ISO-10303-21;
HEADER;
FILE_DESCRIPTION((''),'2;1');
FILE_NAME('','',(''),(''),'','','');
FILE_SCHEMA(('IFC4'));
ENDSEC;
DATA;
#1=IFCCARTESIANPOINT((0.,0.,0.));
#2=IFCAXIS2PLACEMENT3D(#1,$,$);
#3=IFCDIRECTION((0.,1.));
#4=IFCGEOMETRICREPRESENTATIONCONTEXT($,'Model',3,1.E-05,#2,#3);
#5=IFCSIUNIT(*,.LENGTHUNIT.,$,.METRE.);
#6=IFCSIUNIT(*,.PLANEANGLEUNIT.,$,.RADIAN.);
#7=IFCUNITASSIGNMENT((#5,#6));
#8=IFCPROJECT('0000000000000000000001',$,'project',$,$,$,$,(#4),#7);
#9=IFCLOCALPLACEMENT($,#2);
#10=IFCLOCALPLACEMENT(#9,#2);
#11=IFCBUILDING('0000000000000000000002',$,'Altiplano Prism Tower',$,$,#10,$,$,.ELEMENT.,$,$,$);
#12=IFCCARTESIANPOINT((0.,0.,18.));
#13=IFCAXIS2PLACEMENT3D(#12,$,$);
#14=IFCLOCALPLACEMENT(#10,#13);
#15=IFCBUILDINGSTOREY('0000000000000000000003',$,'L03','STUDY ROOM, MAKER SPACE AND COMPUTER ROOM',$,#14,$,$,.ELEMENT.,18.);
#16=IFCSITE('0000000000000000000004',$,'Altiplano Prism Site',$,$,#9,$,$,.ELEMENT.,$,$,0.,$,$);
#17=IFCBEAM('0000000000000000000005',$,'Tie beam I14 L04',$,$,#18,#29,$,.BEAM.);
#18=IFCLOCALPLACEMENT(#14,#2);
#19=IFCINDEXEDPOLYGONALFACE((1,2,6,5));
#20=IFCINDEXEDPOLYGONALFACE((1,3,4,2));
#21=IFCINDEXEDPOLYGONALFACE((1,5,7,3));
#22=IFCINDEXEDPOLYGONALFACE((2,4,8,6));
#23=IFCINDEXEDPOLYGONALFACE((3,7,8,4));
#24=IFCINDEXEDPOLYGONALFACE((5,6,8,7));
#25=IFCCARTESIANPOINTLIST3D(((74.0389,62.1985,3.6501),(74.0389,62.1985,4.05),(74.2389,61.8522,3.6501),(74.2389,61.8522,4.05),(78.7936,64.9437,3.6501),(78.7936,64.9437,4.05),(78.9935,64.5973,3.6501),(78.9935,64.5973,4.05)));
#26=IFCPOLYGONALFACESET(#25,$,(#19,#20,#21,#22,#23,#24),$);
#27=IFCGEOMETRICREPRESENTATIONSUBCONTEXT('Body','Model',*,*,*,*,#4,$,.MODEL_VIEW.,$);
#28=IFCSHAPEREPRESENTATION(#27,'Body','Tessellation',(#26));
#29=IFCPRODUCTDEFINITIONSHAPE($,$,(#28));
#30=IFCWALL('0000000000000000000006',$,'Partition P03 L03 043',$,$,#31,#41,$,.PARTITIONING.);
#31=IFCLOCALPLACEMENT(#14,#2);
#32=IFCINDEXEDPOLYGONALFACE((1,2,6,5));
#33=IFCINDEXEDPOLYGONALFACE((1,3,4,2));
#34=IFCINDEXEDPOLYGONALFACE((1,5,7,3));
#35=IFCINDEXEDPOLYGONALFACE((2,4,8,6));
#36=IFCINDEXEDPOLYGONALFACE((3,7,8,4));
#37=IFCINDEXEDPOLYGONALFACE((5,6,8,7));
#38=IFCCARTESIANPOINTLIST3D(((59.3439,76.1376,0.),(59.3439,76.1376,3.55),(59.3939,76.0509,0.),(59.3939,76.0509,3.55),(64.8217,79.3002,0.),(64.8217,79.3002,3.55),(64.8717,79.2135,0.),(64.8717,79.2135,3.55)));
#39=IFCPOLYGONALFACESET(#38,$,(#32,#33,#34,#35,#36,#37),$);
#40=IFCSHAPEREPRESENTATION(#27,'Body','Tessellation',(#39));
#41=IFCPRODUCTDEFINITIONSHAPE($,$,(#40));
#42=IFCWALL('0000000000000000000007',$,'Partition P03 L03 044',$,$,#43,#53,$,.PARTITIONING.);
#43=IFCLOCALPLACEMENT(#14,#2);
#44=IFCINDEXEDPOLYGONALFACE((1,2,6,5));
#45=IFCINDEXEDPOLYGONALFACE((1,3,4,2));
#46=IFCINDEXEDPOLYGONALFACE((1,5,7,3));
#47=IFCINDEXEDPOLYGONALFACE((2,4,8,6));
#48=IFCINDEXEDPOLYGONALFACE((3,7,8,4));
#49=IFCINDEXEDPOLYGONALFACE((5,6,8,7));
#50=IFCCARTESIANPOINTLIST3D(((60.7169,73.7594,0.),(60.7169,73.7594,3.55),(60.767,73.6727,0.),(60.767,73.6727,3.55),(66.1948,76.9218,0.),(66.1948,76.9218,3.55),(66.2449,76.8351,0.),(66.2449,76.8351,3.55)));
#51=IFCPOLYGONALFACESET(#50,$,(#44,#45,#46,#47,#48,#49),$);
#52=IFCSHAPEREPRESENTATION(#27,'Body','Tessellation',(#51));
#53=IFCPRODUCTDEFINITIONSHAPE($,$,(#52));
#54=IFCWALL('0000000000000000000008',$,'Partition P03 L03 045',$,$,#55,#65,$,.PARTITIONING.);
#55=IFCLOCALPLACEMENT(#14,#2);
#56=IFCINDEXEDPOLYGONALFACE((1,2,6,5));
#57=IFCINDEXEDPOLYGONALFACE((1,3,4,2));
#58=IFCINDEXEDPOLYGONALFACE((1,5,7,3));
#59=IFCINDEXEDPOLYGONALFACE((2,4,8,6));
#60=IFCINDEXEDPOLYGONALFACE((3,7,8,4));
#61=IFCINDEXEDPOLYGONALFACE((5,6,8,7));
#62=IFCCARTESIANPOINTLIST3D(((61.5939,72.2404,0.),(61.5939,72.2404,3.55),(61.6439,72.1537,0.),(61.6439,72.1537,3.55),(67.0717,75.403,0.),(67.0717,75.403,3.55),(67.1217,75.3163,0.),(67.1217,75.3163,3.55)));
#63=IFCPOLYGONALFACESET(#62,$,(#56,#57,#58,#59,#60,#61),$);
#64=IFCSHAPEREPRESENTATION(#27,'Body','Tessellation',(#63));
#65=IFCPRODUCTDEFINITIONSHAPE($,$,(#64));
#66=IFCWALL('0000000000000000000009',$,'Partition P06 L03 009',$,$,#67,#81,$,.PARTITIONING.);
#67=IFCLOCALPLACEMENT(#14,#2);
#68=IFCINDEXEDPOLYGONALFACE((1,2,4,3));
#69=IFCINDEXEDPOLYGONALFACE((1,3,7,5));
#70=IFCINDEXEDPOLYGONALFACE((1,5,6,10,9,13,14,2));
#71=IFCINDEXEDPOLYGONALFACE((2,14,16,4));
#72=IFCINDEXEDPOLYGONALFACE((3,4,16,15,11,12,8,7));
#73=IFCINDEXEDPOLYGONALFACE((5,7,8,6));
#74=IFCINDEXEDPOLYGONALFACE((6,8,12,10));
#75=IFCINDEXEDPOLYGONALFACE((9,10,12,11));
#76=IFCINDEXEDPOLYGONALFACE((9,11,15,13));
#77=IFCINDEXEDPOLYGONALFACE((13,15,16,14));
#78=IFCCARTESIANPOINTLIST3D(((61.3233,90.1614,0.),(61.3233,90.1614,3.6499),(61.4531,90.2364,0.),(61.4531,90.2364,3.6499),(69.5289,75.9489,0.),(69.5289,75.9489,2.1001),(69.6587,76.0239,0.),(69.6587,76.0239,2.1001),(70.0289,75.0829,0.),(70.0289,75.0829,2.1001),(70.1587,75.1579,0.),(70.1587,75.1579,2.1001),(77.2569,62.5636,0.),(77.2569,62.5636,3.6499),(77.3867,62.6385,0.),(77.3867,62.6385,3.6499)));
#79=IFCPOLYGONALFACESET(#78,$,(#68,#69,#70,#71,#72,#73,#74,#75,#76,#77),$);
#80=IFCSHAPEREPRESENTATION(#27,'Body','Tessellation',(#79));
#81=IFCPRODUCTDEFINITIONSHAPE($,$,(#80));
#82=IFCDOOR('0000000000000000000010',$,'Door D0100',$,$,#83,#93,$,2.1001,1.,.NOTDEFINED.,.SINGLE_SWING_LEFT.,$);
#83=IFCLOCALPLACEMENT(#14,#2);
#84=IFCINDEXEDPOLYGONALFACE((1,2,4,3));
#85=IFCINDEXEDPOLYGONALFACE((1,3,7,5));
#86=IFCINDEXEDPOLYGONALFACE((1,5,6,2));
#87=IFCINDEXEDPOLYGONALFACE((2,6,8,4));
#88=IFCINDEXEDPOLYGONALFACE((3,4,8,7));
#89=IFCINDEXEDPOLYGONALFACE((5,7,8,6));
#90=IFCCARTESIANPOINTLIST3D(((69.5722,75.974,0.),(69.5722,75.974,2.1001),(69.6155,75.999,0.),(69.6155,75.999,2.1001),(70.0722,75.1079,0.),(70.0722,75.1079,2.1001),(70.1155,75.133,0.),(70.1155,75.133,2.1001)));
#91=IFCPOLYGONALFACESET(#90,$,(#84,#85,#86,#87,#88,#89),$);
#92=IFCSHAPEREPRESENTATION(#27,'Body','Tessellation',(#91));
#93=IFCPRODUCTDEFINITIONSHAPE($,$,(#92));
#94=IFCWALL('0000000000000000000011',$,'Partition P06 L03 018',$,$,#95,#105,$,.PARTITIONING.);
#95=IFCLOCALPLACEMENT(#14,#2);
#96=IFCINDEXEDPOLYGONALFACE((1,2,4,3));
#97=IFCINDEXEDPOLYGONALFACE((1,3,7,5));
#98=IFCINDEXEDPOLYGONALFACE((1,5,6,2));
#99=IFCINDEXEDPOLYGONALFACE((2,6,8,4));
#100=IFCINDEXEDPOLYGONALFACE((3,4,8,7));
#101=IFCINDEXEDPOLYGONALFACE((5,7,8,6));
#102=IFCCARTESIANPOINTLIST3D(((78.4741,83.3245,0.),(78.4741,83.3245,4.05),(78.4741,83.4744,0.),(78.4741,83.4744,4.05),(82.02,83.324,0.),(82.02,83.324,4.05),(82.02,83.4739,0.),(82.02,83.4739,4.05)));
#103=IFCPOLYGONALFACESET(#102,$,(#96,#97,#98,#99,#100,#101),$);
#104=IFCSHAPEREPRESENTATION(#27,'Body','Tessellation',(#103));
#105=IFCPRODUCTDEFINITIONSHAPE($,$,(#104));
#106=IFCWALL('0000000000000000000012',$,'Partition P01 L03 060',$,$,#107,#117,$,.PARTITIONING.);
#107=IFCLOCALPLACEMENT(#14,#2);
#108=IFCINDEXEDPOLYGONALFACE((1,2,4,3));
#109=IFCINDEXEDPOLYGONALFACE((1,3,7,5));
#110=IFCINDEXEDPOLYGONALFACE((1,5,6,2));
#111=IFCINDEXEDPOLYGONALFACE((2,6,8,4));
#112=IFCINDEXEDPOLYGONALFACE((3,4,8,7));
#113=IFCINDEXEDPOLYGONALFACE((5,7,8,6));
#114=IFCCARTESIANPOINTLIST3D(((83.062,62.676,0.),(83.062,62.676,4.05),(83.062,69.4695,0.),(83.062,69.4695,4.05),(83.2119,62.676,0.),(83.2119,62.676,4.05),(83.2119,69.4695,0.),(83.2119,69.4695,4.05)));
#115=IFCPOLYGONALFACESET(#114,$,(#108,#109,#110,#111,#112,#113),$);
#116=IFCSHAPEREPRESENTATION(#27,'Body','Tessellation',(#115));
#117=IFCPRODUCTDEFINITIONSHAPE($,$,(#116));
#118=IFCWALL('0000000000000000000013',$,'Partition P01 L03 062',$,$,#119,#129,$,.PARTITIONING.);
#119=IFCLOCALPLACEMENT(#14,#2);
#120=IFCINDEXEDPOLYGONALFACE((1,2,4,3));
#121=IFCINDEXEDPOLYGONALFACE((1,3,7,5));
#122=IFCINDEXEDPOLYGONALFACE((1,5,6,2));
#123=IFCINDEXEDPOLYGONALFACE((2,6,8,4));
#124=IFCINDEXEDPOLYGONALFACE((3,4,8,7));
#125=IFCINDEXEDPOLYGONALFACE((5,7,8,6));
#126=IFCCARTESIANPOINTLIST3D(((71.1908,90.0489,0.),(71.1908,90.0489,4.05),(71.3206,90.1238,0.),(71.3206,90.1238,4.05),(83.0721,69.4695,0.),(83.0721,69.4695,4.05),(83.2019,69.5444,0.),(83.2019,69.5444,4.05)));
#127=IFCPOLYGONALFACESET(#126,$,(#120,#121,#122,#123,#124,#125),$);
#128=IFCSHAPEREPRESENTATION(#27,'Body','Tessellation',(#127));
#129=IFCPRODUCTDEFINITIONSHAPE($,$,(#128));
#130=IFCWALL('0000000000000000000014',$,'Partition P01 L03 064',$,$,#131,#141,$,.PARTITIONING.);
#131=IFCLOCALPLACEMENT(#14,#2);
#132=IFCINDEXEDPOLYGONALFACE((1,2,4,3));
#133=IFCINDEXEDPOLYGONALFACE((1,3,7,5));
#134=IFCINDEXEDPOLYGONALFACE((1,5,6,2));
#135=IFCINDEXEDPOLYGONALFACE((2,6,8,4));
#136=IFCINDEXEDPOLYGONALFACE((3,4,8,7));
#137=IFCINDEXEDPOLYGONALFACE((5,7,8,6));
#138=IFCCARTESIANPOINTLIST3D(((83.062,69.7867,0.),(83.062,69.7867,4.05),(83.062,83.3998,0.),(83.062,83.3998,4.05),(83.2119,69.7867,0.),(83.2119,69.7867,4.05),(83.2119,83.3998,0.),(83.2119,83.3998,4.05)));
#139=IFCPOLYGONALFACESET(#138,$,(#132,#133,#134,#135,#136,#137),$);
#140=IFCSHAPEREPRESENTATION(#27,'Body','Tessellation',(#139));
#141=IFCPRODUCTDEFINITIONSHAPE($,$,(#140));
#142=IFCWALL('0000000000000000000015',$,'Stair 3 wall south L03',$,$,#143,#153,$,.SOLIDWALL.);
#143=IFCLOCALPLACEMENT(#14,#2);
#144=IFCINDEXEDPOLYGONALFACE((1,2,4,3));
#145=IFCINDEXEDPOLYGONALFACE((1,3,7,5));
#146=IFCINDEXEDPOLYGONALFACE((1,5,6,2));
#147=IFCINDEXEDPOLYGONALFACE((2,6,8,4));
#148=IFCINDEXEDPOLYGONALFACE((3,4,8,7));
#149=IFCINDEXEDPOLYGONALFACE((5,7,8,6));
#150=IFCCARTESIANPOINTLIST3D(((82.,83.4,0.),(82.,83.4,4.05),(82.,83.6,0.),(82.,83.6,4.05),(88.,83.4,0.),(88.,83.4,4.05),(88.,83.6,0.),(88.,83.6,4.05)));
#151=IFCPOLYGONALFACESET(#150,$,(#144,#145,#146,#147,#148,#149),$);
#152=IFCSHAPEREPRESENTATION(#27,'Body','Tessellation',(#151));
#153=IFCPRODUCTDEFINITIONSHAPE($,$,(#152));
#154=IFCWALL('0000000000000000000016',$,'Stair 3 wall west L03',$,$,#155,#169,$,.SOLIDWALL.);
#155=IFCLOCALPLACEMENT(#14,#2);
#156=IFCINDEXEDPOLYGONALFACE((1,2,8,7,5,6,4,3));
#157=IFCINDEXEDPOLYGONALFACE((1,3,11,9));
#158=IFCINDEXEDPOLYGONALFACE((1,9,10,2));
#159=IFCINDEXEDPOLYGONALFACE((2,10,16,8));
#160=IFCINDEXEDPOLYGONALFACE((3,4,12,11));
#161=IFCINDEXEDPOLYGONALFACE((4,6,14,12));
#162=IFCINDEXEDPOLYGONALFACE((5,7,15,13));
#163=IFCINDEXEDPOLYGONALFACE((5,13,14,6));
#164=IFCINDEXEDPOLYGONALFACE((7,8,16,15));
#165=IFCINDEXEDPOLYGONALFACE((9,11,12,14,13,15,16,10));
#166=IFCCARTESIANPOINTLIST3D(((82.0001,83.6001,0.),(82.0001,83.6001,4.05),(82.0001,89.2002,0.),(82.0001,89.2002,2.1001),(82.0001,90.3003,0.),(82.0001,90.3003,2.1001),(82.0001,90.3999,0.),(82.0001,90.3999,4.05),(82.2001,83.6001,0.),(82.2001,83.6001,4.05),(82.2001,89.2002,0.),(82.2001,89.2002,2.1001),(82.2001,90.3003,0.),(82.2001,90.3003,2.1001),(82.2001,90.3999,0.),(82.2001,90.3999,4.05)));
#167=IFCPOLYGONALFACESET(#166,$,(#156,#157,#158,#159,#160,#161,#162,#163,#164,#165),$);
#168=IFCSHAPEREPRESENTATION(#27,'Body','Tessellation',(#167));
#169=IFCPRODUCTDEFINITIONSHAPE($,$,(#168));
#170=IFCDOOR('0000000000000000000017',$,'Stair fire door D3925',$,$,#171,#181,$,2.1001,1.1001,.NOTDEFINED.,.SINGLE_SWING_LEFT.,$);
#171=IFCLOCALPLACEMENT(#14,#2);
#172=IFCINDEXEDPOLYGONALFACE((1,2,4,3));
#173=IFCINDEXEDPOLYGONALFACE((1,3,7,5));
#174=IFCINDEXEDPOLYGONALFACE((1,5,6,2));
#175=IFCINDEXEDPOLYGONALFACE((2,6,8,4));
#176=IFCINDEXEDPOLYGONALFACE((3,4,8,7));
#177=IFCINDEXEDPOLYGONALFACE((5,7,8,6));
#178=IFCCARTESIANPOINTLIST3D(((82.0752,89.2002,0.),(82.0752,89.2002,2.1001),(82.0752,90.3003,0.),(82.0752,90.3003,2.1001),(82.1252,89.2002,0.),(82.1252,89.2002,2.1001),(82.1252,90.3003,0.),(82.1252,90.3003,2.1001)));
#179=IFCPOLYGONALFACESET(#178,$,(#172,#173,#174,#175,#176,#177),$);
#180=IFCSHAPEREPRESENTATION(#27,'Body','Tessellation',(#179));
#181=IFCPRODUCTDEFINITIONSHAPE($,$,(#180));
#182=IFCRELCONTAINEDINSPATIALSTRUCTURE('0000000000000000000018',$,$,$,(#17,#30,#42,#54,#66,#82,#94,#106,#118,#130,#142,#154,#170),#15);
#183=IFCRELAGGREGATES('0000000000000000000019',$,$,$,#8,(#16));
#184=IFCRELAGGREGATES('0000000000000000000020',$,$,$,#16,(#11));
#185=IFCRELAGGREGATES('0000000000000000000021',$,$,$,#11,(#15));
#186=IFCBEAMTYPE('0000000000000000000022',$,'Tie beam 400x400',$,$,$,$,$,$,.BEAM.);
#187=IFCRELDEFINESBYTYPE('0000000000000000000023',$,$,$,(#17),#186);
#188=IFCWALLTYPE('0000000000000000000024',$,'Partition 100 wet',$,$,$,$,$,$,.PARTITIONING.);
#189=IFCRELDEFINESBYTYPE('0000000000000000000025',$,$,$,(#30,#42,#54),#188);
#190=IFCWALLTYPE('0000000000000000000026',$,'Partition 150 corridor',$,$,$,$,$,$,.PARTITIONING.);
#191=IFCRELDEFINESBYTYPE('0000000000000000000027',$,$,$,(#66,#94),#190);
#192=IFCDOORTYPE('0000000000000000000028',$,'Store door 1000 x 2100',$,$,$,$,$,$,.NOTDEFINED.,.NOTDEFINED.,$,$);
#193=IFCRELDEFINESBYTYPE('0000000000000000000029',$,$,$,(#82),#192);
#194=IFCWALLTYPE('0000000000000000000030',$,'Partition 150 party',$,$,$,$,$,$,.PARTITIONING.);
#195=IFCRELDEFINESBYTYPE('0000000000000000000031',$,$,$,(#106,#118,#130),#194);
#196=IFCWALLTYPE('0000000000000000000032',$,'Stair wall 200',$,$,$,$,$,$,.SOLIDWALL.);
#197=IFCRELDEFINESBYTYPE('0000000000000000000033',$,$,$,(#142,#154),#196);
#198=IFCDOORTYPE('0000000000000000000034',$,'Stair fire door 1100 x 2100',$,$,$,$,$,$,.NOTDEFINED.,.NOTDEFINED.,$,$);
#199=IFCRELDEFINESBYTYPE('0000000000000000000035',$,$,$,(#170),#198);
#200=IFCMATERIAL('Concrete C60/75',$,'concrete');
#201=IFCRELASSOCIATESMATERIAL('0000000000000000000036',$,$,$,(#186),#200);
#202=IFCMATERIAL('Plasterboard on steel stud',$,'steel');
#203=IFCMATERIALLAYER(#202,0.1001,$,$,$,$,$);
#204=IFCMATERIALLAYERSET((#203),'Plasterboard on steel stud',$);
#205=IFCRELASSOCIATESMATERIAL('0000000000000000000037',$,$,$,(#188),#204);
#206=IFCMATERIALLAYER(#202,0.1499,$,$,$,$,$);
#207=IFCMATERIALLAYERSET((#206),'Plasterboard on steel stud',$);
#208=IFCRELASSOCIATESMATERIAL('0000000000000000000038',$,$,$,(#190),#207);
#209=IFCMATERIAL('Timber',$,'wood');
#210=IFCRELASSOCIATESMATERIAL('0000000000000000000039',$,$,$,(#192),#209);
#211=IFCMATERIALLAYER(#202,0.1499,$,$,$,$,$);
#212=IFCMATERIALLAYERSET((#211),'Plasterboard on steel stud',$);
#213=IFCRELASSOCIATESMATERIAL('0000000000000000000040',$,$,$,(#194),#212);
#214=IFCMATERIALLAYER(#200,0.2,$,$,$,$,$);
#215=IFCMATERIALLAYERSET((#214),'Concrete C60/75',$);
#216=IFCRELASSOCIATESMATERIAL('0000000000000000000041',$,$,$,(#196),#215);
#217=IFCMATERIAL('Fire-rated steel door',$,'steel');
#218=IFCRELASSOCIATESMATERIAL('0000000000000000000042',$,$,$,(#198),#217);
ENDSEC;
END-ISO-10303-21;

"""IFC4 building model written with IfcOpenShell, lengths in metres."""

from ifc_helpers import new_model, si_unit, direction, frame, frame_2d, origin, origin_2d, place, context, subcontext, project, spatial, rectangle, extrude, material, layer, layer_set, material_profile, profile_set, type_object, element, fill, save


model = new_model("IFC4")

# Units and contexts
model_context = context("Model", 3, precision=1e-05, world=origin(), true_north=direction((0.0, 1.0)))
body_context = subcontext(model_context, "Body", "Model", "MODEL_VIEW")
ifc_project = project(units=[si_unit("LENGTHUNIT", "METRE"), si_unit("PLANEANGLEUNIT", "RADIAN")], contexts=[model_context])

# Site, building, storey
site_placement = place(None, origin())
site = spatial("IfcSite", under=ifc_project, at=site_placement, Name="Altiplano Prism Site", CompositionType="ELEMENT", RefElevation=0.0)
building_placement = place(site_placement, origin())
building = spatial("IfcBuilding", under=site, at=building_placement, Name="Altiplano Prism Tower", CompositionType="ELEMENT")
storey_placement = place(building_placement, frame((0.0, 0.0, 18.0)))
storey = spatial("IfcBuildingStorey", under=building, at=storey_placement, Name="L03", Description="STUDY ROOM, MAKER SPACE AND COMPUTER ROOM", CompositionType="ELEMENT", Elevation=18.0)

# Shared definitions
ifc_material_1 = material(Name="Concrete C60/75", Category="concrete")

# Beam
ifc_material_profile_1 = material_profile(ifc_material_1, rectangle(XDim=0.3999, YDim=0.3999, at=origin_2d()), Name="Tie beam 400x400")
ifc_profile_set_1 = profile_set([ifc_material_profile_1], Name="Concrete C60/75")
beam_type_1 = type_object("IfcBeamType", Name="Tie beam 400x400", PredefinedType="BEAM", material=ifc_profile_set_1)
beam_placement = place(storey_placement, frame((78.8936, 64.7705, 3.8501), z_axis=(-0.866023, -0.500003, 0.0), x_axis=(0.500003, -0.866023, 0.0)))
element("IfcBeam", 1, at=beam_placement, inside=storey, type_object=beam_type_1, Name="Tie beam I14 L04", PredefinedType="BEAM", context=body_context, shape_type="SweptSolid", body=[
    extrude(rectangle(XDim=0.3999, YDim=0.3999, at=origin_2d()), origin(), (0.0, 0.0, 1.0), 5.4902),
])

# Walls
ifc_material_2 = material(Name="Plasterboard on steel stud", Category="steel")
ifc_layer_1 = layer(ifc_material_2, 0.1001)
ifc_layer_set_1 = layer_set([ifc_layer_1], Name="Plasterboard on steel stud")
wall_type_1 = type_object("IfcWallType", Name="Partition 100 wet", PredefinedType="PARTITIONING", material=ifc_layer_set_1)
for number, where, z_axis, x_axis, name in (
    (2, (59.3689, 76.0942, 0.0), (0.0, 0.0, 1.0), (0.866026, 0.5, 0.0), "Partition P03 L03 043"),
    (3, (60.7419, 73.7161, 0.0), (0.0, 0.0, 1.0), (0.866042, 0.499971, 0.0), "Partition P03 L03 044"),
    (4, (61.6189, 72.197, 0.0), (0.0, 0.0, 1.0), (0.866026, 0.5, 0.0), "Partition P03 L03 045"),
):
    element("IfcWall", number, at=place(storey_placement, frame(where, z_axis=z_axis, x_axis=x_axis)), inside=storey, type_object=wall_type_1, Name=name, PredefinedType="PARTITIONING", context=body_context, shape_type="SweptSolid", body=[
        extrude(rectangle(XDim=6.3252, YDim=0.1001, at=frame_2d((3.1626, 0.0))), origin(), (0.0, 0.0, 1.0), 3.55),
    ])

# Wall, opening, door
ifc_layer_2 = layer(ifc_material_2, 0.1499)
ifc_layer_set_2 = layer_set([ifc_layer_2], Name="Plasterboard on steel stud")
wall_type_2 = type_object("IfcWallType", Name="Partition 150 corridor", PredefinedType="PARTITIONING", material=ifc_layer_set_2)
wall_1_placement = place(storey_placement, frame((77.3218, 62.6011, 0.0), z_axis=(0.0, 0.0, 1.0), x_axis=(-0.499999, 0.866026, 0.0)))
wall_1 = element("IfcWall", 5, at=wall_1_placement, inside=storey, type_object=wall_type_2, Name="Partition P06 L03 009", PredefinedType="PARTITIONING", context=body_context, shape_type="SweptSolid", body=[
    extrude(rectangle(XDim=31.8672, YDim=0.1499, at=frame_2d((15.9336, 0.0))), origin(), (0.0, 0.0, 1.0), 3.6499),
])
opening_1_placement = place(wall_1_placement, frame((14.4561, 0.0, 0.0)))
opening_1 = element("IfcOpeningElement", 6, at=opening_1_placement, cuts=wall_1, PredefinedType="OPENING", context=body_context, shape_type="SweptSolid", body=[
    extrude(rectangle(XDim=1.0, YDim=2.1001, at=frame_2d((0.5, 1.05))), frame((0.0, 0.0854, 0.0), z_axis=(0.0, -1.0, 0.0), x_axis=(1.0, 0.0, 0.0)), (0.0, 0.0, 1.0), 0.1709),
])
ifc_material_3 = material(Name="Timber", Category="wood")
door_type_1 = type_object("IfcDoorType", Name="Store door 1000 x 2100", OperationType="NOTDEFINED", PredefinedType="NOTDEFINED", material=ifc_material_3)
door_1_placement = place(opening_1_placement, origin())
door_1 = element("IfcDoor", 7, at=door_1_placement, inside=storey, type_object=door_type_1, Name="Door D0100", OperationType="SINGLE_SWING_LEFT", OverallHeight=2.1001, OverallWidth=1.0, PredefinedType="NOTDEFINED", context=body_context, shape_type="SweptSolid", body=[
    extrude(rectangle(XDim=1.0, YDim=2.1001, at=frame_2d((0.5, 1.05))), frame((0.0, 0.0249, 0.0), z_axis=(0.0, -1.0, 0.0), x_axis=(1.0, 0.0, 0.0)), (0.0, 0.0, 1.0), 0.05),
])
fill(opening_1, door_1)

# Walls
wall_2_placement = place(storey_placement, frame((78.4741, 83.3994, 0.0), z_axis=(0.0, 0.0, 1.0), x_axis=(1.0, -0.000138, 0.0)))
element("IfcWall", 8, at=wall_2_placement, inside=storey, type_object=wall_type_2, Name="Partition P06 L03 018", PredefinedType="PARTITIONING", context=body_context, shape_type="SweptSolid", body=[
    extrude(rectangle(XDim=3.5459, YDim=0.1499, at=frame_2d((1.7729, 0.0))), origin(), (0.0, 0.0, 1.0), 4.05),
])
ifc_layer_3 = layer(ifc_material_2, 0.1499)
ifc_layer_set_3 = layer_set([ifc_layer_3], Name="Plasterboard on steel stud")
wall_type_3 = type_object("IfcWallType", Name="Partition 150 party", PredefinedType="PARTITIONING", material=ifc_layer_set_3)
wall_3_placement = place(storey_placement, frame((83.137, 62.676, 0.0), z_axis=(0.0, 0.0, 1.0), x_axis=(0.0, 1.0, 0.0)))
element("IfcWall", 9, at=wall_3_placement, inside=storey, type_object=wall_type_3, Name="Partition P01 L03 060", PredefinedType="PARTITIONING", context=body_context, shape_type="SweptSolid", body=[
    extrude(rectangle(XDim=6.7935, YDim=0.1499, at=frame_2d((3.3967, 0.0))), origin(), (0.0, 0.0, 1.0), 4.05),
])
wall_4_placement = place(storey_placement, frame((83.137, 69.5071, 0.0), z_axis=(0.0, 0.0, 1.0), x_axis=(-0.499995, 0.866028, 0.0)))
element("IfcWall", 10, at=wall_4_placement, inside=storey, type_object=wall_type_3, Name="Partition P01 L03 062", PredefinedType="PARTITIONING", context=body_context, shape_type="SweptSolid", body=[
    extrude(rectangle(XDim=23.7629, YDim=0.1499, at=frame_2d((11.8813, 0.0))), origin(), (0.0, 0.0, 1.0), 4.05),
])
wall_5_placement = place(storey_placement, frame((83.137, 83.3999, 0.0), z_axis=(0.0, 0.0, 1.0), x_axis=(0.0, -1.0, 0.0)))
element("IfcWall", 11, at=wall_5_placement, inside=storey, type_object=wall_type_3, Name="Partition P01 L03 064", PredefinedType="PARTITIONING", context=body_context, shape_type="SweptSolid", body=[
    extrude(rectangle(XDim=13.613, YDim=0.1499, at=frame_2d((6.8066, 0.0))), origin(), (0.0, 0.0, 1.0), 4.05),
])
ifc_layer_4 = layer(ifc_material_1, 0.2)
ifc_layer_set_4 = layer_set([ifc_layer_4], Name="Concrete C60/75")
wall_type_4 = type_object("IfcWallType", Name="Stair wall 200", PredefinedType="SOLIDWALL", material=ifc_layer_set_4)
wall_6_placement = place(storey_placement, frame((82.0, 83.5, 0.0), z_axis=(0.0, 0.0, 1.0), x_axis=(1.0, 0.0, 0.0)))
element("IfcWall", 12, at=wall_6_placement, inside=storey, type_object=wall_type_4, Name="Stair 3 wall south L03", PredefinedType="SOLIDWALL", context=body_context, shape_type="SweptSolid", body=[
    extrude(rectangle(XDim=6.0, YDim=0.2, at=frame_2d((3.0, 0.0))), origin(), (0.0, 0.0, 1.0), 4.05),
])

# Wall, opening, door
wall_7_placement = place(storey_placement, frame((82.1001, 83.6001, 0.0), z_axis=(0.0, 0.0, 1.0), x_axis=(0.0, 1.0, 0.0)))
wall_7 = element("IfcWall", 13, at=wall_7_placement, inside=storey, type_object=wall_type_4, Name="Stair 3 wall west L03", PredefinedType="SOLIDWALL", context=body_context, shape_type="SweptSolid", body=[
    extrude(rectangle(XDim=6.7998, YDim=0.2, at=frame_2d((3.3999, 0.0))), origin(), (0.0, 0.0, 1.0), 4.05),
])
opening_2_placement = place(wall_7_placement, frame((5.6001, 0.0, 0.0)))
opening_2 = element("IfcOpeningElement", 14, at=opening_2_placement, cuts=wall_7, PredefinedType="OPENING", context=body_context, shape_type="SweptSolid", body=[
    extrude(rectangle(XDim=1.1001, YDim=2.1001, at=frame_2d((0.55, 1.05))), frame((0.0, 0.1104, 0.0), z_axis=(0.0, -1.0, 0.0), x_axis=(1.0, 0.0, 0.0)), (0.0, 0.0, 1.0), 0.2209),
])
ifc_material_4 = material(Name="Fire-rated steel door", Category="steel")
door_type_2 = type_object("IfcDoorType", Name="Stair fire door 1100 x 2100", OperationType="NOTDEFINED", PredefinedType="NOTDEFINED", material=ifc_material_4)
door_2_placement = place(opening_2_placement, origin())
door_2 = element("IfcDoor", 15, at=door_2_placement, inside=storey, type_object=door_type_2, Name="Stair fire door D3925", OperationType="SINGLE_SWING_LEFT", OverallHeight=2.1001, OverallWidth=1.1001, PredefinedType="NOTDEFINED", context=body_context, shape_type="SweptSolid", body=[
    extrude(rectangle(XDim=1.1001, YDim=2.1001, at=frame_2d((0.55, 1.05))), frame((0.0, 0.0249, 0.0), z_axis=(0.0, -1.0, 0.0), x_axis=(1.0, 0.0, 0.0)), (0.0, 0.0, 1.0), 0.05),
])
fill(opening_2, door_2)

save(model, "model.ifc")
